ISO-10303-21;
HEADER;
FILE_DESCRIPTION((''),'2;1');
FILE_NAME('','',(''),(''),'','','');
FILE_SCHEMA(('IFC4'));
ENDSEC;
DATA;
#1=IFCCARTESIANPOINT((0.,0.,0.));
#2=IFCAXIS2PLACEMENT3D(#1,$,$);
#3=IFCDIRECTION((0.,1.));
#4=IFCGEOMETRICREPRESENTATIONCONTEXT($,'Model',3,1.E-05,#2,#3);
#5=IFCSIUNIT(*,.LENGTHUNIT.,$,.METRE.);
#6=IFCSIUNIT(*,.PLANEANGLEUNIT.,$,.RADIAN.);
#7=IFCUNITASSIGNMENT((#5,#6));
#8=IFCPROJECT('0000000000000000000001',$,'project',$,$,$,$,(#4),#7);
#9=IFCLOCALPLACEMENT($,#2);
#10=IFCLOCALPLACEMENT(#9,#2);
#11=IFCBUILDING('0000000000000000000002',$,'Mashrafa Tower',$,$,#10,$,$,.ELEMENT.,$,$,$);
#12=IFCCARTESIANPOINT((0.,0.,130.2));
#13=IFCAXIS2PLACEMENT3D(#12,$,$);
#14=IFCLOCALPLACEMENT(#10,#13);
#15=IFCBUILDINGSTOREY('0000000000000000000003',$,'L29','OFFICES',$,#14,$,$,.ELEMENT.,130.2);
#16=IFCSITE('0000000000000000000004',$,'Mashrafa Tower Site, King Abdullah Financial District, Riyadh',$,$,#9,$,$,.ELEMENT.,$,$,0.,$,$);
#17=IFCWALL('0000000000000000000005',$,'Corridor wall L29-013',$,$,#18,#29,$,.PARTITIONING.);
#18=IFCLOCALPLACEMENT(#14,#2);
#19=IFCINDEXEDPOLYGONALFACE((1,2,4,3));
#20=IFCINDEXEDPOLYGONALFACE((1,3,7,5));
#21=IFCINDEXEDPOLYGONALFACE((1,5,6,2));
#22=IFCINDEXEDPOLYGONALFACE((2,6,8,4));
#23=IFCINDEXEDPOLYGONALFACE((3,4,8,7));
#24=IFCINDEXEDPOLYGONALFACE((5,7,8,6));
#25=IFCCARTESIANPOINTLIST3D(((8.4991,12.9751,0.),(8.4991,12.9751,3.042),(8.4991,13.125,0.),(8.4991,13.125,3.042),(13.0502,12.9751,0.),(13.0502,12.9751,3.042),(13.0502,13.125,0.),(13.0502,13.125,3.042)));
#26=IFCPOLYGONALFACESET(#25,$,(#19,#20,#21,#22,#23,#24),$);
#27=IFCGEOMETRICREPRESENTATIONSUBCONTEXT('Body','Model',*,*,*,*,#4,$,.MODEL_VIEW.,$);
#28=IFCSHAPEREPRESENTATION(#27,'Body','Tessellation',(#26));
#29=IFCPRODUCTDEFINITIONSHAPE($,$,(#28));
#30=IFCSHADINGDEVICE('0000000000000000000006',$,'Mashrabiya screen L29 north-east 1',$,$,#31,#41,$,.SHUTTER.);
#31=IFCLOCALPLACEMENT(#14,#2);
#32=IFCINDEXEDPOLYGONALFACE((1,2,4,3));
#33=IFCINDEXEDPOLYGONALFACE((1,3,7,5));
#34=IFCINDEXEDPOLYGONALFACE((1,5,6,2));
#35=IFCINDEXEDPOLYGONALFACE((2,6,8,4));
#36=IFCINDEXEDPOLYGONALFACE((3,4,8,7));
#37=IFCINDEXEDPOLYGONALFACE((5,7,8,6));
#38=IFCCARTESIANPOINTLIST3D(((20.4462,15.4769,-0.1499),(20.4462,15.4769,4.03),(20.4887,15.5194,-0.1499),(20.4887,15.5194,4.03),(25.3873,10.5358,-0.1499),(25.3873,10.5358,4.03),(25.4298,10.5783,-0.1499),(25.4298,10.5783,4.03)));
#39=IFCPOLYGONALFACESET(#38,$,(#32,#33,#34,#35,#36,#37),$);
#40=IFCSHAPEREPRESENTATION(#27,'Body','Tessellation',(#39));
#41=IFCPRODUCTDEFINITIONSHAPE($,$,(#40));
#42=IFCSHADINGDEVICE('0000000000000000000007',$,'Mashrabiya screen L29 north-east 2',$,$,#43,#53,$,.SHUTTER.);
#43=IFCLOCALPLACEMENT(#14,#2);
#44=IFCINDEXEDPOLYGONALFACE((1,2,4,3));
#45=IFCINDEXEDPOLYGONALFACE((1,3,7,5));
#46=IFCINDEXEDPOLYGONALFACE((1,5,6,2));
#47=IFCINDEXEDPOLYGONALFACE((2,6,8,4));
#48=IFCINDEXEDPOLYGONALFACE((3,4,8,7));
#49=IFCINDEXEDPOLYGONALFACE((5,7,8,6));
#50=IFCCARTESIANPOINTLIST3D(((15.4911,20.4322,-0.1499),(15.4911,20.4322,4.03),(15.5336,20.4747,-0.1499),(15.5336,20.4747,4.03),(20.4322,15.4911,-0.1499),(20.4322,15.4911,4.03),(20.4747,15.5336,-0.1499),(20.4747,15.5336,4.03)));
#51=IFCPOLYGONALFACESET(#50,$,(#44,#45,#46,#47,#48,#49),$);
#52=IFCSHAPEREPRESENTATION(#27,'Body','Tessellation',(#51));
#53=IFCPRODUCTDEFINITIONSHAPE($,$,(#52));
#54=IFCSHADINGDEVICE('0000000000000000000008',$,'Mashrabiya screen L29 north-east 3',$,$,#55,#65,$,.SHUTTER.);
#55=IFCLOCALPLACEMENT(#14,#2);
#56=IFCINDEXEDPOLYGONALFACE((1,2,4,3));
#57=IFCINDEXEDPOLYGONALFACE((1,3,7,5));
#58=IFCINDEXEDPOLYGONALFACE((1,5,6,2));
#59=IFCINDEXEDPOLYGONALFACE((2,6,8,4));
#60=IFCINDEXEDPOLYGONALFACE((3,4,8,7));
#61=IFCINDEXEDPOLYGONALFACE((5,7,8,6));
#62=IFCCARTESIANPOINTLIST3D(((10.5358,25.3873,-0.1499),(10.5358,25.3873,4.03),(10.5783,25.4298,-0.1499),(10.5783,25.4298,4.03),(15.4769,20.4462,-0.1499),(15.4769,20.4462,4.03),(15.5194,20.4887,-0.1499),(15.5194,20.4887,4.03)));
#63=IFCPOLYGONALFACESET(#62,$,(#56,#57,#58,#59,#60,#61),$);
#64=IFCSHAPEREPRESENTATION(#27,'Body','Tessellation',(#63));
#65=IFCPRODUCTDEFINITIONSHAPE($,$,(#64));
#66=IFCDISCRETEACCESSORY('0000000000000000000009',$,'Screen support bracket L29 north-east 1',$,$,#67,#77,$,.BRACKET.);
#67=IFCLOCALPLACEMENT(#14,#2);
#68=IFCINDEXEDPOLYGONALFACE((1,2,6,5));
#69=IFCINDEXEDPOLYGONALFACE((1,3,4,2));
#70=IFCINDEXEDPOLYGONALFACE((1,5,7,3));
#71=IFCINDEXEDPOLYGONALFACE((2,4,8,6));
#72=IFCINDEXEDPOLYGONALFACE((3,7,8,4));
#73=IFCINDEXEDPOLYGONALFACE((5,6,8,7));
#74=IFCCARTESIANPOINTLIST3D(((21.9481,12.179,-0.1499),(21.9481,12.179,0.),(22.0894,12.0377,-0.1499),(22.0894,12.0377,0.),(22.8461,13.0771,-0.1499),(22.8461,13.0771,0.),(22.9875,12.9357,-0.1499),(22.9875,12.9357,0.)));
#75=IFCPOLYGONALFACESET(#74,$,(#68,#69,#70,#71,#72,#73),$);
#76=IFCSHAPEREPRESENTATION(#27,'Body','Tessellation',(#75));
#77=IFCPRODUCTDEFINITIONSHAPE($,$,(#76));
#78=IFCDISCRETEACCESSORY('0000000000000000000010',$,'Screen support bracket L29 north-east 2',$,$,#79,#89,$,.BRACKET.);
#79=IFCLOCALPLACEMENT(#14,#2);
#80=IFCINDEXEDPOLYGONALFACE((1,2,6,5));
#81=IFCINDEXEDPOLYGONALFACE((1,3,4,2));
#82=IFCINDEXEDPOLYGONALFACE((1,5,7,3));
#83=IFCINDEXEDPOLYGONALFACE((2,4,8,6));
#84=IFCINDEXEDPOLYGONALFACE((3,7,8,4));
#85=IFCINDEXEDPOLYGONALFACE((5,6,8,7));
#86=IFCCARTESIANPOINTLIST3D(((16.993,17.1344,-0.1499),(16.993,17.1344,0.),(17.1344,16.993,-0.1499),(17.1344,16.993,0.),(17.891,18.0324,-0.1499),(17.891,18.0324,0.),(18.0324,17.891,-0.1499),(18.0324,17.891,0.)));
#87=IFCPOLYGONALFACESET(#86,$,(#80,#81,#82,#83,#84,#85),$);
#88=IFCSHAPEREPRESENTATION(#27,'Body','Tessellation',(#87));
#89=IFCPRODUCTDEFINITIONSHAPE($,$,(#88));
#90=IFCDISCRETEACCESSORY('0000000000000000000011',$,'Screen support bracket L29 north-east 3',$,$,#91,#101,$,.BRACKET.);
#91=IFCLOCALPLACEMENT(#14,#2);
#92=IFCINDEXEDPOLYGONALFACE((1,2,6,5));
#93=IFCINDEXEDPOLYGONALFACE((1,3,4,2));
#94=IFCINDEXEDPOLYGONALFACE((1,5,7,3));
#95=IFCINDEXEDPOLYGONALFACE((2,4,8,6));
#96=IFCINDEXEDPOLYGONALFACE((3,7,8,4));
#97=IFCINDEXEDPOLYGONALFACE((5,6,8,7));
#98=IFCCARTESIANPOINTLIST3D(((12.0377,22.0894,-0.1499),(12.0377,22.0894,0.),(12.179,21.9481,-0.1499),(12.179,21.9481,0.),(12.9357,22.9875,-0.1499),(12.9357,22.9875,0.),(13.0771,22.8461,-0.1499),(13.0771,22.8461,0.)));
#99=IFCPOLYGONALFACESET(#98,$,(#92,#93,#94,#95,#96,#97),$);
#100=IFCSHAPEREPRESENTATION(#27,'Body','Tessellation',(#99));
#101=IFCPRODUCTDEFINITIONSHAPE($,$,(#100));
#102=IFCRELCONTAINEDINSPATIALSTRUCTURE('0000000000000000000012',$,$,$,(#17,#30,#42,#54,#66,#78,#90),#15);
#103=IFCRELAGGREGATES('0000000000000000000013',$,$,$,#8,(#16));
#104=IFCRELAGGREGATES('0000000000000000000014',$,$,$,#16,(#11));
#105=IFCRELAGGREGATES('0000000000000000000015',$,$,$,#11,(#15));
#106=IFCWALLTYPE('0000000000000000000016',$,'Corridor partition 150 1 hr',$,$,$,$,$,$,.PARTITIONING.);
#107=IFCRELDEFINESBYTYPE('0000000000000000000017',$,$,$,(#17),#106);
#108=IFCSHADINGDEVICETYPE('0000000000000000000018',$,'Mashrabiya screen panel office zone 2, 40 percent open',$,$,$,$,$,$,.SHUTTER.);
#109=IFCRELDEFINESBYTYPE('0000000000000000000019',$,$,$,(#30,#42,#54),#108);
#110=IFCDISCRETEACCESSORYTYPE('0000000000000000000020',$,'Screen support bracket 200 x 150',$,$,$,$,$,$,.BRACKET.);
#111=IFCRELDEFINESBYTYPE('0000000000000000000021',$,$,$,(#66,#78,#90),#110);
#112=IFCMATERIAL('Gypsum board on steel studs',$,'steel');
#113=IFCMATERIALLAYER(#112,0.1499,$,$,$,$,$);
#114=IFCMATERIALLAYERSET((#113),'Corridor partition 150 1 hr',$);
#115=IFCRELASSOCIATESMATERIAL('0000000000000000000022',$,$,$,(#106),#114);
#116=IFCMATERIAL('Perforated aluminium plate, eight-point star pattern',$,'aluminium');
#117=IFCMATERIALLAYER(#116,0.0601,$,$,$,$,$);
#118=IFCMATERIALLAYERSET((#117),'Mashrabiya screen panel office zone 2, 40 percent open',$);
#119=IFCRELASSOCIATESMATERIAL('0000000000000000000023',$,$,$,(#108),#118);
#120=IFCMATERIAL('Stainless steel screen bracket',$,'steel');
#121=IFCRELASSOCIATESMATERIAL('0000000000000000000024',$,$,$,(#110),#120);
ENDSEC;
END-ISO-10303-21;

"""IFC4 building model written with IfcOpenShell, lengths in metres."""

from ifc_helpers import new_model, si_unit, direction, frame, frame_2d, origin, origin_2d, place, context, subcontext, project, spatial, rectangle, extrude, source, transform, mapped, material, layer, layer_set, type_object, type_shapes, element, save


model = new_model("IFC4")

# Units and contexts
model_context = context("Model", 3, precision=1e-05, world=origin(), true_north=direction((0.0, 1.0)))
body_context = subcontext(model_context, "Body", "Model", "MODEL_VIEW")
ifc_project = project(units=[si_unit("LENGTHUNIT", "METRE"), si_unit("PLANEANGLEUNIT", "RADIAN")], contexts=[model_context])

# Site, building, storey
site_placement = place(None, origin())
site = spatial("IfcSite", under=ifc_project, at=site_placement, Name="Mashrafa Tower Site, King Abdullah Financial District, Riyadh", CompositionType="ELEMENT", RefElevation=0.0)
building_placement = place(site_placement, origin())
building = spatial("IfcBuilding", under=site, at=building_placement, Name="Mashrafa Tower", CompositionType="ELEMENT")
storey_placement = place(building_placement, frame((0.0, 0.0, 130.2)))
storey = spatial("IfcBuildingStorey", under=building, at=storey_placement, Name="L29", Description="OFFICES", CompositionType="ELEMENT", Elevation=130.2)

# Wall
ifc_material_1 = material(Name="Gypsum board on steel studs", Category="steel")
ifc_layer_1 = layer(ifc_material_1, 0.1499)
ifc_layer_set_1 = layer_set([ifc_layer_1], Name="Corridor partition 150 1 hr")
wall_type = type_object("IfcWallType", Name="Corridor partition 150 1 hr", PredefinedType="PARTITIONING", material=ifc_layer_set_1)
wall_placement = place(storey_placement, frame((13.05, 13.05, 0.0), z_axis=(0.0, 0.0, 1.0), x_axis=(-1.0, 0.0, 0.0)))
element("IfcWall", 1, at=wall_placement, inside=storey, type_object=wall_type, Name="Corridor wall L29-013", PredefinedType="PARTITIONING", context=body_context, shape_type="SweptSolid", body=[
    extrude(rectangle(XDim=4.551, YDim=0.1499, at=frame_2d((2.2754, 0.0))), origin(), (0.0, 0.0, 1.0), 3.042),
])

# Shading devices
ifc_material_2 = material(Name="Perforated aluminium plate, eight-point star pattern", Category="aluminium")
ifc_layer_2 = layer(ifc_material_2, 0.0601)
ifc_layer_set_2 = layer_set([ifc_layer_2], Name="Mashrabiya screen panel office zone 2, 40 percent open")
shading_device_type = type_object("IfcShadingDeviceType", Name="Mashrabiya screen panel office zone 2, 40 percent open", PredefinedType="SHUTTER", material=ifc_layer_set_2)
shared_shape_1 = source(origin(), body_context, "Body", "SweptSolid", [
    extrude(rectangle(XDim=6.9878, YDim=0.0601, at=origin_2d()), origin(), (0.0, 0.0, 1.0), 4.1799),
])
type_shapes(shading_device_type, [shared_shape_1])
for number, where, z_axis, x_axis, name in (
    (2, (22.938, 13.0276, -0.1499), (0.0, 0.0, 1.0), (-0.707107, 0.707107, 0.0), "Mashrabiya screen L29 north-east 1"),
    (3, (17.9829, 17.9829, -0.1499), (0.0, 0.0, 1.0), (-0.707107, 0.707107, 0.0), "Mashrabiya screen L29 north-east 2"),
    (4, (13.0276, 22.938, -0.1499), (0.0, 0.0, 1.0), (-0.707107, 0.707107, 0.0), "Mashrabiya screen L29 north-east 3"),
):
    element("IfcShadingDevice", number, at=place(storey_placement, frame(where, z_axis=z_axis, x_axis=x_axis)), inside=storey, type_object=shading_device_type, Name=name, PredefinedType="SHUTTER", context=body_context, shape_type="MappedRepresentation", body=[
        mapped(shared_shape_1, transform((0.0, 0.0, 0.0))),
    ])

# Discrete accessories
ifc_material_3 = material(Name="Stainless steel screen bracket", Category="steel")
discrete_accessory_type = type_object("IfcDiscreteAccessoryType", Name="Screen support bracket 200 x 150", PredefinedType="BRACKET", material=ifc_material_3)
shared_shape_2 = source(origin(), body_context, "Body", "SweptSolid", [
    extrude(rectangle(XDim=0.2, YDim=1.27, at=origin_2d()), origin(), (0.0, 0.0, 1.0), 0.1499),
])
type_shapes(discrete_accessory_type, [shared_shape_2])
for number, where, z_axis, x_axis, name in (
    (5, (22.4678, 12.5574, -0.1499), (0.0, 0.0, 1.0), (-0.707107, 0.707107, 0.0), "Screen support bracket L29 north-east 1"),
    (6, (17.5127, 17.5127, -0.1499), (0.0, 0.0, 1.0), (-0.707107, 0.707107, 0.0), "Screen support bracket L29 north-east 2"),
    (7, (12.5574, 22.4678, -0.1499), (0.0, 0.0, 1.0), (-0.707107, 0.707107, 0.0), "Screen support bracket L29 north-east 3"),
):
    element("IfcDiscreteAccessory", number, at=place(storey_placement, frame(where, z_axis=z_axis, x_axis=x_axis)), inside=storey, type_object=discrete_accessory_type, Name=name, PredefinedType="BRACKET", context=body_context, shape_type="MappedRepresentation", body=[
        mapped(shared_shape_2, transform((0.0, 0.0, 0.0))),
    ])

save(model, "model.ifc")
